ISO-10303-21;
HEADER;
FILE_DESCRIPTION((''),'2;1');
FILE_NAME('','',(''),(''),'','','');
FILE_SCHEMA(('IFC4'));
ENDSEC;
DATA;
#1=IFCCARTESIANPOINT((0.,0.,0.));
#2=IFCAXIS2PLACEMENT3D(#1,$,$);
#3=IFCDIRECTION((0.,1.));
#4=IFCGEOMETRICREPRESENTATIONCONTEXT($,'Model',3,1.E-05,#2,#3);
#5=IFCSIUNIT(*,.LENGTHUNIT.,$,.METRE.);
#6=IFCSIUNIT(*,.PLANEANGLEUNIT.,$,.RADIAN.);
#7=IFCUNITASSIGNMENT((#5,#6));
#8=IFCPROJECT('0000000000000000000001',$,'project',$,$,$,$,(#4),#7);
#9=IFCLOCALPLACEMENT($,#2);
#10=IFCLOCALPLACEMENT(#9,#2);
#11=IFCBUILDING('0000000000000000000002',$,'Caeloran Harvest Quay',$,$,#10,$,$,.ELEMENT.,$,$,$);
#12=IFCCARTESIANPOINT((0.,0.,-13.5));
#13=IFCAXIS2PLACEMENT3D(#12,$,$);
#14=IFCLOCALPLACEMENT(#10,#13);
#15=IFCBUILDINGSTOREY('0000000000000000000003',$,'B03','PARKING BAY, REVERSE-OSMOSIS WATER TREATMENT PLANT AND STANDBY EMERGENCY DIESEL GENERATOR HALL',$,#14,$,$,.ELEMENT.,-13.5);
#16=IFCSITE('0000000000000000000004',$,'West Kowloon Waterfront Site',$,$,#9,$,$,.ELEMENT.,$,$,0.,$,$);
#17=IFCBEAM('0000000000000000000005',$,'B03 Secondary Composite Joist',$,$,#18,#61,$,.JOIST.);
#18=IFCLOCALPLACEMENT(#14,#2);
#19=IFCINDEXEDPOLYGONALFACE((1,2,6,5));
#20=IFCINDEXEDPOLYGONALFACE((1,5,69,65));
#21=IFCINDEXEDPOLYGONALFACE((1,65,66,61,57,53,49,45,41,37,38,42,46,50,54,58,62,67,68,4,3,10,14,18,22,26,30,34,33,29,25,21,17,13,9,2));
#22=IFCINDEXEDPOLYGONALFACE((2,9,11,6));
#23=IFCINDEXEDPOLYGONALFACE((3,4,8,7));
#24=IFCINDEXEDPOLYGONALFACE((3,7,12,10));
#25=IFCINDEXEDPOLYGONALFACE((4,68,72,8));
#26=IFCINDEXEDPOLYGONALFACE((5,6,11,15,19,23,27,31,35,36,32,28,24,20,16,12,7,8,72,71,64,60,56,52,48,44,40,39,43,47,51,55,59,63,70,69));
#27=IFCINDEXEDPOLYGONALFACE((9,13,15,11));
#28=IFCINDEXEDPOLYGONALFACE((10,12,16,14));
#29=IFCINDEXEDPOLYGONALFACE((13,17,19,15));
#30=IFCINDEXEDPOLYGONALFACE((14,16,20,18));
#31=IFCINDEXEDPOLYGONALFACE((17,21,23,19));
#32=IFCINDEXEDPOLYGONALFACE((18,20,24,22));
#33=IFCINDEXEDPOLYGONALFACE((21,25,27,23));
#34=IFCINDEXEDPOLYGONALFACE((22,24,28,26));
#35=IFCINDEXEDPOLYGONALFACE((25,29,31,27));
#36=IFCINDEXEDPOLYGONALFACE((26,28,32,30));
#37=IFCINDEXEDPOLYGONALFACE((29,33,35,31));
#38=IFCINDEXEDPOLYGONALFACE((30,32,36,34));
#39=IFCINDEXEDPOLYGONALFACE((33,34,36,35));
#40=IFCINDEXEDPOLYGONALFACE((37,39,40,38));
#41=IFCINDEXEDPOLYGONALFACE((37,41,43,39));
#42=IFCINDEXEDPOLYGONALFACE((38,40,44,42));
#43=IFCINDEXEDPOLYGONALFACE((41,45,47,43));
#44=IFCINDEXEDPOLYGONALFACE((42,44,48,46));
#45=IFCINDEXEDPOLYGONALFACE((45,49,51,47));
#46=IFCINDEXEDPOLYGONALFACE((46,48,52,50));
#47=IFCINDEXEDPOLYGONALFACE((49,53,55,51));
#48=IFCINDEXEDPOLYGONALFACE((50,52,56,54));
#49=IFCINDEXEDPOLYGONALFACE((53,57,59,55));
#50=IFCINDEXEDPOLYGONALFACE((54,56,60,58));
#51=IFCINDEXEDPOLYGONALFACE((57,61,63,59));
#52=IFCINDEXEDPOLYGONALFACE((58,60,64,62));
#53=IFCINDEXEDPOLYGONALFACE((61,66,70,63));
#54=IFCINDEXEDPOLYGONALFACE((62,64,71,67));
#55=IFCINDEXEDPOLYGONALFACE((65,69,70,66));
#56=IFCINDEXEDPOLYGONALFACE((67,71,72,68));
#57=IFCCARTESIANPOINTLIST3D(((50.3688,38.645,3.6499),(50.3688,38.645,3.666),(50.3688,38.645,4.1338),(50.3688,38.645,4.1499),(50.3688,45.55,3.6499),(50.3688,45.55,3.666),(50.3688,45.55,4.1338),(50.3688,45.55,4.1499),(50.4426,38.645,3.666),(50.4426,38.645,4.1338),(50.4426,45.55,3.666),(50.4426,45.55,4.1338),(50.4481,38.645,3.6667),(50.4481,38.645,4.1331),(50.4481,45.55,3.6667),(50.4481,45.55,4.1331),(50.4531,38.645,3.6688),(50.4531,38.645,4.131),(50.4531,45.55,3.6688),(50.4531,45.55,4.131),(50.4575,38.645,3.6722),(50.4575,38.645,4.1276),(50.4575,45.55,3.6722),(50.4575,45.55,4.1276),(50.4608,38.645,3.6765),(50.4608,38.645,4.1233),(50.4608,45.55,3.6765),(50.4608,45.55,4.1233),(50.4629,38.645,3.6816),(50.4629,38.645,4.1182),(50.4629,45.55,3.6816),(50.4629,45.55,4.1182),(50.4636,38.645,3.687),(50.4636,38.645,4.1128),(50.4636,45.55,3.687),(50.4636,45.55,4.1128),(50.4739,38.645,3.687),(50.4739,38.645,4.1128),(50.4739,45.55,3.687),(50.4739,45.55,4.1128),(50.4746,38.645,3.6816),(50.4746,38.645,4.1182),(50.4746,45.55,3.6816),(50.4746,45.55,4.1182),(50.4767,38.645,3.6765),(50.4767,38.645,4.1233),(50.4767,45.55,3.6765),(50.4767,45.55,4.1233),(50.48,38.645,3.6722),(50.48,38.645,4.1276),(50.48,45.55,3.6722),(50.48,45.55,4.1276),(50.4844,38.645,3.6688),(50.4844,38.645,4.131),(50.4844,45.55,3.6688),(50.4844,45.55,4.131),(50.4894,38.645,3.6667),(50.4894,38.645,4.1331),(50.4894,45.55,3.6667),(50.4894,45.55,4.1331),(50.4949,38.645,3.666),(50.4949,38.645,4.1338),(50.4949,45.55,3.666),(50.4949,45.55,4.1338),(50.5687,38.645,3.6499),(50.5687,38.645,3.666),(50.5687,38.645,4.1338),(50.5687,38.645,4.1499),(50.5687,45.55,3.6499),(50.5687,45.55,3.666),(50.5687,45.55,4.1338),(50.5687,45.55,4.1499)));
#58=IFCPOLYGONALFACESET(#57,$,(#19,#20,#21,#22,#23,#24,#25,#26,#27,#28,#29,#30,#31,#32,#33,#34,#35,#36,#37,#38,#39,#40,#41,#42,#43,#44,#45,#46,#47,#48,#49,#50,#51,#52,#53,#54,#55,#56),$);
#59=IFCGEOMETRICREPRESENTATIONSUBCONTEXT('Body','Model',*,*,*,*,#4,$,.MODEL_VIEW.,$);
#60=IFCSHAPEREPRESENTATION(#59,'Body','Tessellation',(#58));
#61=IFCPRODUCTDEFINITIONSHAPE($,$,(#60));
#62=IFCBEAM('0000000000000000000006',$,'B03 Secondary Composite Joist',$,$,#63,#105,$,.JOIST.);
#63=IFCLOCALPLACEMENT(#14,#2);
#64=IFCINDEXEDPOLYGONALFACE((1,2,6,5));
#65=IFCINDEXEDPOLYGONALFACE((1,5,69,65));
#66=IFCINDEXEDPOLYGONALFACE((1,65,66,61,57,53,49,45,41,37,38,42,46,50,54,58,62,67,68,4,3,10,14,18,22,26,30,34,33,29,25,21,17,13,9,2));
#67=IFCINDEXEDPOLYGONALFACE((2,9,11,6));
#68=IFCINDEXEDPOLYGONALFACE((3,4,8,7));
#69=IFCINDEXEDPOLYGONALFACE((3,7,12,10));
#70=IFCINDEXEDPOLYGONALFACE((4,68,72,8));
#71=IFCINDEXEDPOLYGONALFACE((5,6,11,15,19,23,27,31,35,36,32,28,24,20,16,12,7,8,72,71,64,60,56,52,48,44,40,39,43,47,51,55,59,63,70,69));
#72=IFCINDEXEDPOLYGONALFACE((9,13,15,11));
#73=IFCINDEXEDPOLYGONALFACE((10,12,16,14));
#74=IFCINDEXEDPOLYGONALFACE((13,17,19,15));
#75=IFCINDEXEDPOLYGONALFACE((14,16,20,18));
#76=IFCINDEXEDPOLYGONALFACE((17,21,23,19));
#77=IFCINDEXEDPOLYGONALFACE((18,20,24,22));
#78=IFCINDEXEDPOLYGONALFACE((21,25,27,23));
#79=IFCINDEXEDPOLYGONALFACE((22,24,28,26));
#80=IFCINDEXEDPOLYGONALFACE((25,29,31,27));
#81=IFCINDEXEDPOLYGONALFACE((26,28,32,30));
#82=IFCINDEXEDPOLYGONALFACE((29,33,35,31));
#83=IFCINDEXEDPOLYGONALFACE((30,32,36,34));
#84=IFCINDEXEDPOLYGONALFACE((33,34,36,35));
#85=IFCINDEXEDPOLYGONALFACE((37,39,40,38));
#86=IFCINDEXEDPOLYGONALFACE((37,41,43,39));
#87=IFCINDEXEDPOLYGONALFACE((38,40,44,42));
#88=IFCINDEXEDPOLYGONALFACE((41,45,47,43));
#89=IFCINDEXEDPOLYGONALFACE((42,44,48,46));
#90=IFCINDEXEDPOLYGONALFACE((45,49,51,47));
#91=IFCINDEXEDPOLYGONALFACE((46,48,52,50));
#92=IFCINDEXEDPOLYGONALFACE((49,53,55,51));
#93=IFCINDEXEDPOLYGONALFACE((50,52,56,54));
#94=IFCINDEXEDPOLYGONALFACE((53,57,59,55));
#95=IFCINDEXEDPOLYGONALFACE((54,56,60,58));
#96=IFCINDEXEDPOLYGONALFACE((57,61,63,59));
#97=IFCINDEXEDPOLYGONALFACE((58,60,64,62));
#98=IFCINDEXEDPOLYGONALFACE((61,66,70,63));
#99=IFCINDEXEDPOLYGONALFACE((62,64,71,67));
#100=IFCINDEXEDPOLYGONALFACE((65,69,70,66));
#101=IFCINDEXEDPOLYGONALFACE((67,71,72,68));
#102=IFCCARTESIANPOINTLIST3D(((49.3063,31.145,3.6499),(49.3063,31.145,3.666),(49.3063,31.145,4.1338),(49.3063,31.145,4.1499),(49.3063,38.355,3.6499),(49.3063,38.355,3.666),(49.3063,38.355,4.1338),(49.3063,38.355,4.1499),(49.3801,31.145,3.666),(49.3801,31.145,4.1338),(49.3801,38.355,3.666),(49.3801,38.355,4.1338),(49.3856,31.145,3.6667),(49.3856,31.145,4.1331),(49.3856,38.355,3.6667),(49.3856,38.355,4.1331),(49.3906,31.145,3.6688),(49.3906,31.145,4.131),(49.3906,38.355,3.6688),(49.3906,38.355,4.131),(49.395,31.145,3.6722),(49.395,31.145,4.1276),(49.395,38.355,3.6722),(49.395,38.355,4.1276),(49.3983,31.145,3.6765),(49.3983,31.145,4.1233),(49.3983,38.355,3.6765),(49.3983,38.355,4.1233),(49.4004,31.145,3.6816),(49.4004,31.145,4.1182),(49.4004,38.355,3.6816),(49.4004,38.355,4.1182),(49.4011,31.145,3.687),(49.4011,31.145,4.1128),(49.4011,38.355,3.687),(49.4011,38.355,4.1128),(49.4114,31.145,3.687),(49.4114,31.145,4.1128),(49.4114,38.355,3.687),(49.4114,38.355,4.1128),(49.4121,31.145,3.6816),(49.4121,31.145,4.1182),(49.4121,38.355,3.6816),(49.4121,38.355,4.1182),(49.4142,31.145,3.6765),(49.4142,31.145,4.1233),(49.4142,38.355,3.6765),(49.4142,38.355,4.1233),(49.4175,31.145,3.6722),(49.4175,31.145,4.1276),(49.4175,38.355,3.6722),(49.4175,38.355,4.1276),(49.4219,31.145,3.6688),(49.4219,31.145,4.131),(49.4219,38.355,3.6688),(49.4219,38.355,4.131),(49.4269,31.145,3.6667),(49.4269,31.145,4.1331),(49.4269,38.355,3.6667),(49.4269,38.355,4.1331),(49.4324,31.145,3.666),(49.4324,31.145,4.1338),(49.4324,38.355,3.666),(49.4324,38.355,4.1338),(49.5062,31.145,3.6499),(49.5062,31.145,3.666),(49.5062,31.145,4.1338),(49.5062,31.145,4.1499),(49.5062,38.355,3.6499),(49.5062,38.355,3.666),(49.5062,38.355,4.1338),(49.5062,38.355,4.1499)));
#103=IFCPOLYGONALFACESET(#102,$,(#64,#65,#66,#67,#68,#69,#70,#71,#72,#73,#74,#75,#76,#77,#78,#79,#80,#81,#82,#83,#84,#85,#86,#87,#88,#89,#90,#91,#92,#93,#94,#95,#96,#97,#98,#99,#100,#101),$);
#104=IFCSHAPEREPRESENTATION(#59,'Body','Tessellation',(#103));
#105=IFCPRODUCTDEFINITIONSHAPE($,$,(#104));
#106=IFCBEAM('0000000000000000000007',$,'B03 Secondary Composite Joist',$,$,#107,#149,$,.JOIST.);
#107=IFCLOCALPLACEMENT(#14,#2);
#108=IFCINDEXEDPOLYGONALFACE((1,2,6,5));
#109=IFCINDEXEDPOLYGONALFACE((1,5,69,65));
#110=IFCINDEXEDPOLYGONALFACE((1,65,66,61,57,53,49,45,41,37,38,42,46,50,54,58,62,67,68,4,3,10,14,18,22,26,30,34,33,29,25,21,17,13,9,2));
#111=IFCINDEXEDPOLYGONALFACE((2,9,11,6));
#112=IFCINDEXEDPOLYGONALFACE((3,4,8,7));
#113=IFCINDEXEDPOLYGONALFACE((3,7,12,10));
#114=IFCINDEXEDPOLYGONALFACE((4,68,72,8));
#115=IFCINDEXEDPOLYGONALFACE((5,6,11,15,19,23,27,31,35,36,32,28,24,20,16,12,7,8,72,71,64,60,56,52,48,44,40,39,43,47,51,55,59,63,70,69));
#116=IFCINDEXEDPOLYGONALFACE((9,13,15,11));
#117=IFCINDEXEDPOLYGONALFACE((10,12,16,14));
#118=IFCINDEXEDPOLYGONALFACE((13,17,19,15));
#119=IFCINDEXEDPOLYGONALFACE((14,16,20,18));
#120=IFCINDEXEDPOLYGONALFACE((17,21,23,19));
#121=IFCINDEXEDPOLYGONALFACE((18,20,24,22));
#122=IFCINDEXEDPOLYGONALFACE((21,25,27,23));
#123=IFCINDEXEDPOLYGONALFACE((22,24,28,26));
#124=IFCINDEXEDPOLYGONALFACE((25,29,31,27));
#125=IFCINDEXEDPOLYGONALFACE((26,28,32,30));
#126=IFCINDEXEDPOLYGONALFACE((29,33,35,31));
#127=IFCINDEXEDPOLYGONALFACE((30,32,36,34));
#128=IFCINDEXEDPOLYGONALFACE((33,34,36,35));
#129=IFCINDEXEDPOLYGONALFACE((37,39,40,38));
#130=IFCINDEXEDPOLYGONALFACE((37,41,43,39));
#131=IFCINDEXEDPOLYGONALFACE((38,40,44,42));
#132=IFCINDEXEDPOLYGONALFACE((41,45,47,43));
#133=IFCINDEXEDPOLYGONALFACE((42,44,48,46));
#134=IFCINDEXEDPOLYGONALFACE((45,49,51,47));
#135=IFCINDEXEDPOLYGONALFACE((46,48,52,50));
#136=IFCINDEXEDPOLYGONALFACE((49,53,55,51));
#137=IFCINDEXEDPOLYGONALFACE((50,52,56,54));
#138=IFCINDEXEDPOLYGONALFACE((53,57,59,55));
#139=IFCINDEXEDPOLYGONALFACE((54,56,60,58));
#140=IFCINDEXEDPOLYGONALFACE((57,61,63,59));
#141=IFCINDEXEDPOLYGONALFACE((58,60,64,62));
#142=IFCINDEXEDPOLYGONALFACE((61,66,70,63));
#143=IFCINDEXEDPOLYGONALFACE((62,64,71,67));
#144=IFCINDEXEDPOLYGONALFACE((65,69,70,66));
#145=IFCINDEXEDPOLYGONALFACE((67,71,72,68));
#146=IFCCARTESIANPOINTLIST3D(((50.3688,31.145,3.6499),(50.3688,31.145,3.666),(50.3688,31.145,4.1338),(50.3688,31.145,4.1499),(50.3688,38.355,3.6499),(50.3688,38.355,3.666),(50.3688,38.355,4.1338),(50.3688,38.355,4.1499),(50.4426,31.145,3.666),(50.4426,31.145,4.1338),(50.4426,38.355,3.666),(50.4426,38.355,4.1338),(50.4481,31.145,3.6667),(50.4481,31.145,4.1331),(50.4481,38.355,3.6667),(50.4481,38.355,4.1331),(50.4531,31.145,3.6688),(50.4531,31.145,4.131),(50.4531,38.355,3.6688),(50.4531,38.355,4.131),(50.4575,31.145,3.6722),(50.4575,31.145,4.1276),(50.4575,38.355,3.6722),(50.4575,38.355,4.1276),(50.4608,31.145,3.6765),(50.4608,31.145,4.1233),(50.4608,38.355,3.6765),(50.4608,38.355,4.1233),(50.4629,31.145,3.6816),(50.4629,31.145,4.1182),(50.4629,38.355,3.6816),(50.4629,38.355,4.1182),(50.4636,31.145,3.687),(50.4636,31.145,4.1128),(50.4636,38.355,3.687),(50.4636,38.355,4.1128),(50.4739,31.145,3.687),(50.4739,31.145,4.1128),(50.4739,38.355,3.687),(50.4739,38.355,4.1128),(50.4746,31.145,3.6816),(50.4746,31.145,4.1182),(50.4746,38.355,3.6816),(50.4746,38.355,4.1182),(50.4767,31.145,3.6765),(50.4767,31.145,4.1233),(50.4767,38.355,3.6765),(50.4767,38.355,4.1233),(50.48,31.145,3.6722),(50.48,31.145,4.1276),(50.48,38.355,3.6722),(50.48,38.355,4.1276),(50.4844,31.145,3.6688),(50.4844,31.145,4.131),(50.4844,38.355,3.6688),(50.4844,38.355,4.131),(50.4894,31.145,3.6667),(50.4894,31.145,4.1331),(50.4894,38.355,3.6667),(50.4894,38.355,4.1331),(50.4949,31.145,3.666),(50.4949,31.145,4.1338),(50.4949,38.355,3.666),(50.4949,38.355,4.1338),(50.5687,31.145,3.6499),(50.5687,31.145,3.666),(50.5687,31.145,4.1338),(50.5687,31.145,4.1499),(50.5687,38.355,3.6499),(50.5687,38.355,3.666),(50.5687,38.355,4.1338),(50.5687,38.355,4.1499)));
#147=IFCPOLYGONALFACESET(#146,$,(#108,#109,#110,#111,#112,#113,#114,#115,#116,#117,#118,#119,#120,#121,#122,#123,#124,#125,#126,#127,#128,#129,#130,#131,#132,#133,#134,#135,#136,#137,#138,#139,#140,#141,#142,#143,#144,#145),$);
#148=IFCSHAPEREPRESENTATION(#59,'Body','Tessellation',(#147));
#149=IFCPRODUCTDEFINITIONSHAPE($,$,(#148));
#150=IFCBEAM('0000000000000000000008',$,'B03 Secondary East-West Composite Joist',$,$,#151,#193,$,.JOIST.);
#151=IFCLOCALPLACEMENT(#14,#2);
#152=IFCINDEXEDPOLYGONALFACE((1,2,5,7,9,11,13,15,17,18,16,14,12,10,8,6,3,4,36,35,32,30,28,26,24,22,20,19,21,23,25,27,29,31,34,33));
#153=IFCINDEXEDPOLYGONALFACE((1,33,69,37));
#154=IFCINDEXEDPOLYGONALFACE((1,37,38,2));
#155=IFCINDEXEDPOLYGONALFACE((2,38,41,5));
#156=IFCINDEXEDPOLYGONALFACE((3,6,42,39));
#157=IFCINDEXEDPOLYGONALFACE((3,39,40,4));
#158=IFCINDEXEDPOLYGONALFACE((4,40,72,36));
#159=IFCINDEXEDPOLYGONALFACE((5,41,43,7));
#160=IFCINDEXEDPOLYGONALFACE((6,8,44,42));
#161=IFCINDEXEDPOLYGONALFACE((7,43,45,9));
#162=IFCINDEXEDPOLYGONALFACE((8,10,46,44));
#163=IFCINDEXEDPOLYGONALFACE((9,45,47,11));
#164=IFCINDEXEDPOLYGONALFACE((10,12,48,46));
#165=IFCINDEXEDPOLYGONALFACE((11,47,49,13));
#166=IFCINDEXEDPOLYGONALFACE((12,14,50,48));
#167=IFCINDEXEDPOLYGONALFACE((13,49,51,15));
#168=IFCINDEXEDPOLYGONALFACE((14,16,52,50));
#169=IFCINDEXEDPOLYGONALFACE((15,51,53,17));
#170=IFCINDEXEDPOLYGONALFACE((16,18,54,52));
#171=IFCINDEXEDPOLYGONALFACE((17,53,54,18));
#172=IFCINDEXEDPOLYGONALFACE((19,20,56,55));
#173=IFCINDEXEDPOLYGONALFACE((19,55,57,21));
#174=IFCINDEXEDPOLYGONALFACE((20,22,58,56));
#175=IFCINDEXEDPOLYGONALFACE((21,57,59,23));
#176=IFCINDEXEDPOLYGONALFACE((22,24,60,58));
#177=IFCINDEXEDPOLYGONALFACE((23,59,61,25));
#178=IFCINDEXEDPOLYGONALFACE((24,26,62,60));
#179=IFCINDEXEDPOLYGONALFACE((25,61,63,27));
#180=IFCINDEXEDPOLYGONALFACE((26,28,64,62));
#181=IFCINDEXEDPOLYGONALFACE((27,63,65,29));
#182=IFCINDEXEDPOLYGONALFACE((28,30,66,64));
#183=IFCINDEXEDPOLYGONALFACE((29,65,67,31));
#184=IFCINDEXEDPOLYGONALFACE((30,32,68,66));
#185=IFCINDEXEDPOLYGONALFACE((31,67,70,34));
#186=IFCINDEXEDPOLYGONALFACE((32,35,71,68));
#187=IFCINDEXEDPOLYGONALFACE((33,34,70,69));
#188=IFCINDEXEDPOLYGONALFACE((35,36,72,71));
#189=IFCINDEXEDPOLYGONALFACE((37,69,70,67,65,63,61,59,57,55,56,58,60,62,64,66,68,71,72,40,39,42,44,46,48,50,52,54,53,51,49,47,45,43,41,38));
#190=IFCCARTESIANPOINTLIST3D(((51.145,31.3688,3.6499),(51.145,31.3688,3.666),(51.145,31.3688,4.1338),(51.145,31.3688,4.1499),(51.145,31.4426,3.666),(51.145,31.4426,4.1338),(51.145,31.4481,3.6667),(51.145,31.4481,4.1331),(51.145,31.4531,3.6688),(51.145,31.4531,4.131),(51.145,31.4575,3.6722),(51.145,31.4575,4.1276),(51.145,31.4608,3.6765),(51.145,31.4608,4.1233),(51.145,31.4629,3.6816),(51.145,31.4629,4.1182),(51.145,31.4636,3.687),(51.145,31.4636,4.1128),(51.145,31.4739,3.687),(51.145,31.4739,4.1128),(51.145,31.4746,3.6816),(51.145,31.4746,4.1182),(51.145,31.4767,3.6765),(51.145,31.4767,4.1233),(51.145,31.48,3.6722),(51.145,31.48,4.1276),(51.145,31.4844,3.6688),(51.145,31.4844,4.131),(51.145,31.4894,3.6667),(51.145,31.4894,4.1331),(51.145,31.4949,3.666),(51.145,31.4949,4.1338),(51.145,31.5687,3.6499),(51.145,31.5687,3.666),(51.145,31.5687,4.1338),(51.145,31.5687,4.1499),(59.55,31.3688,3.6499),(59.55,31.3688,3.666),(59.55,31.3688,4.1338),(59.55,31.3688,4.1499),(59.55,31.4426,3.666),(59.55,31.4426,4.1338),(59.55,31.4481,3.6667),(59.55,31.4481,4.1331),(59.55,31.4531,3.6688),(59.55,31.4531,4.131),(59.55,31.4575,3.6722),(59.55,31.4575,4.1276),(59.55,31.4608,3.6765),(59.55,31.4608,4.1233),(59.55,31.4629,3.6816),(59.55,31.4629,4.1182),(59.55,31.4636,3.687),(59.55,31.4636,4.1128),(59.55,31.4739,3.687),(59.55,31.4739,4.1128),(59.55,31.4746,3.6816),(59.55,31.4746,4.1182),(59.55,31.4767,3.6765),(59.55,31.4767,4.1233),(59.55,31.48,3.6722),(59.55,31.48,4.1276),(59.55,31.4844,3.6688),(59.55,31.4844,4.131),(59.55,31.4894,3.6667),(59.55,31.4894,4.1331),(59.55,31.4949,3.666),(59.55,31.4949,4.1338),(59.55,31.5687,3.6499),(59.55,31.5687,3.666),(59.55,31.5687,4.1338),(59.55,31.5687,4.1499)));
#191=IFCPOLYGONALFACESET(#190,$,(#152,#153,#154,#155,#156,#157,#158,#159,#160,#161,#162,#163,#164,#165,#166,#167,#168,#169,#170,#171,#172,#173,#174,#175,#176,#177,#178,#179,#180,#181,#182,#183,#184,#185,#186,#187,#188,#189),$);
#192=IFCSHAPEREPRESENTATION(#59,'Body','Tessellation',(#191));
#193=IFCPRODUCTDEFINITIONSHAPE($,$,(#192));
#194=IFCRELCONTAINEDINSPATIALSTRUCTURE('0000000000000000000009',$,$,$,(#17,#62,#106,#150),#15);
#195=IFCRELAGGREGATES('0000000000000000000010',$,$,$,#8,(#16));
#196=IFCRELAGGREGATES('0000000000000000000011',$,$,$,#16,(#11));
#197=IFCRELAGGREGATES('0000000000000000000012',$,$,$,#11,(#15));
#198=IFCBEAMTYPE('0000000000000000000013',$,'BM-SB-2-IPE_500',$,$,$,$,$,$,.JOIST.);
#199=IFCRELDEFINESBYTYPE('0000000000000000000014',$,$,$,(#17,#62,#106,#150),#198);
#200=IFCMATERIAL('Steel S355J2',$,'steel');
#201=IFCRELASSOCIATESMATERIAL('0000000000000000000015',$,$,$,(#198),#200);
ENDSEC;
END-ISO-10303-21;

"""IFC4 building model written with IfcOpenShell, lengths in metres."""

from ifc_helpers import new_model, si_unit, direction, frame, origin, origin_2d, place, context, subcontext, project, spatial, i_section, extrude, material, material_profile, profile_set, type_object, element, save


model = new_model("IFC4")

# Units and contexts
model_context = context("Model", 3, precision=1e-05, world=origin(), true_north=direction((0.0, 1.0)))
body_context = subcontext(model_context, "Body", "Model", "MODEL_VIEW")
ifc_project = project(units=[si_unit("LENGTHUNIT", "METRE"), si_unit("PLANEANGLEUNIT", "RADIAN")], contexts=[model_context])

# Site, building, storey
site_placement = place(None, origin())
site = spatial("IfcSite", under=ifc_project, at=site_placement, Name="West Kowloon Waterfront Site", CompositionType="ELEMENT", RefElevation=0.0)
building_placement = place(site_placement, origin())
building = spatial("IfcBuilding", under=site, at=building_placement, Name="Caeloran Harvest Quay", CompositionType="ELEMENT")
storey_placement = place(building_placement, frame((0.0, 0.0, -13.5)))
storey = spatial("IfcBuildingStorey", under=building, at=storey_placement, Name="B03", Description="PARKING BAY, REVERSE-OSMOSIS WATER TREATMENT PLANT AND STANDBY EMERGENCY DIESEL GENERATOR HALL", CompositionType="ELEMENT", Elevation=-13.5)

# Beams
ifc_material_1 = material(Name="Steel S355J2", Category="steel")
ifc_material_profile_1 = material_profile(ifc_material_1, i_section(OverallWidth=0.2, OverallDepth=0.5, WebThickness=0.0103, FlangeThickness=0.0161, FilletRadius=0.021, at=origin_2d()), Name="IPE 500")
ifc_profile_set_1 = profile_set([ifc_material_profile_1], Name="Steel S355J2")
beam_type_1 = type_object("IfcBeamType", Name="BM-SB-2-IPE_500", PredefinedType="JOIST", material=ifc_profile_set_1)
for number, where, z_axis, x_axis, name in (
    (1, (50.4688, 38.645, 3.8999), (0.0, 1.0, 0.0), (-1.0, 0.0, 0.0), "B03 Secondary Composite Joist"),
):
    element("IfcBeam", number, at=place(storey_placement, frame(where, z_axis=z_axis, x_axis=x_axis)), inside=storey, type_object=beam_type_1, Name=name, PredefinedType="JOIST", context=body_context, shape_type="SweptSolid", body=[
        extrude(i_section(OverallWidth=0.2, OverallDepth=0.5, WebThickness=0.0103, FlangeThickness=0.0161, FilletRadius=0.021, at=origin_2d()), origin(), (0.0, 0.0, 1.0), 6.905),
    ])
for number, where, z_axis, x_axis, name in (
    (2, (49.4062, 31.145, 3.8999), (0.0, 1.0, 0.0), (-1.0, 0.0, 0.0), "B03 Secondary Composite Joist"),
    (3, (50.4688, 31.145, 3.8999), (0.0, 1.0, 0.0), (-1.0, 0.0, 0.0), "B03 Secondary Composite Joist"),
):
    element("IfcBeam", number, at=place(storey_placement, frame(where, z_axis=z_axis, x_axis=x_axis)), inside=storey, type_object=beam_type_1, Name=name, PredefinedType="JOIST", context=body_context, shape_type="SweptSolid", body=[
        extrude(i_section(OverallWidth=0.2, OverallDepth=0.5, WebThickness=0.0103, FlangeThickness=0.0161, FilletRadius=0.021, at=origin_2d()), origin(), (0.0, 0.0, 1.0), 7.21),
    ])
for number, where, z_axis, x_axis, name in (
    (4, (51.145, 31.4688, 3.8999), (1.0, 0.0, 0.0), (0.0, 1.0, 0.0), "B03 Secondary East-West Composite Joist"),
):
    element("IfcBeam", number, at=place(storey_placement, frame(where, z_axis=z_axis, x_axis=x_axis)), inside=storey, type_object=beam_type_1, Name=name, PredefinedType="JOIST", context=body_context, shape_type="SweptSolid", body=[
        extrude(i_section(OverallWidth=0.2, OverallDepth=0.5, WebThickness=0.0103, FlangeThickness=0.0161, FilletRadius=0.021, at=origin_2d()), origin(), (0.0, 0.0, 1.0), 8.405),
    ])

save(model, "model.ifc")
